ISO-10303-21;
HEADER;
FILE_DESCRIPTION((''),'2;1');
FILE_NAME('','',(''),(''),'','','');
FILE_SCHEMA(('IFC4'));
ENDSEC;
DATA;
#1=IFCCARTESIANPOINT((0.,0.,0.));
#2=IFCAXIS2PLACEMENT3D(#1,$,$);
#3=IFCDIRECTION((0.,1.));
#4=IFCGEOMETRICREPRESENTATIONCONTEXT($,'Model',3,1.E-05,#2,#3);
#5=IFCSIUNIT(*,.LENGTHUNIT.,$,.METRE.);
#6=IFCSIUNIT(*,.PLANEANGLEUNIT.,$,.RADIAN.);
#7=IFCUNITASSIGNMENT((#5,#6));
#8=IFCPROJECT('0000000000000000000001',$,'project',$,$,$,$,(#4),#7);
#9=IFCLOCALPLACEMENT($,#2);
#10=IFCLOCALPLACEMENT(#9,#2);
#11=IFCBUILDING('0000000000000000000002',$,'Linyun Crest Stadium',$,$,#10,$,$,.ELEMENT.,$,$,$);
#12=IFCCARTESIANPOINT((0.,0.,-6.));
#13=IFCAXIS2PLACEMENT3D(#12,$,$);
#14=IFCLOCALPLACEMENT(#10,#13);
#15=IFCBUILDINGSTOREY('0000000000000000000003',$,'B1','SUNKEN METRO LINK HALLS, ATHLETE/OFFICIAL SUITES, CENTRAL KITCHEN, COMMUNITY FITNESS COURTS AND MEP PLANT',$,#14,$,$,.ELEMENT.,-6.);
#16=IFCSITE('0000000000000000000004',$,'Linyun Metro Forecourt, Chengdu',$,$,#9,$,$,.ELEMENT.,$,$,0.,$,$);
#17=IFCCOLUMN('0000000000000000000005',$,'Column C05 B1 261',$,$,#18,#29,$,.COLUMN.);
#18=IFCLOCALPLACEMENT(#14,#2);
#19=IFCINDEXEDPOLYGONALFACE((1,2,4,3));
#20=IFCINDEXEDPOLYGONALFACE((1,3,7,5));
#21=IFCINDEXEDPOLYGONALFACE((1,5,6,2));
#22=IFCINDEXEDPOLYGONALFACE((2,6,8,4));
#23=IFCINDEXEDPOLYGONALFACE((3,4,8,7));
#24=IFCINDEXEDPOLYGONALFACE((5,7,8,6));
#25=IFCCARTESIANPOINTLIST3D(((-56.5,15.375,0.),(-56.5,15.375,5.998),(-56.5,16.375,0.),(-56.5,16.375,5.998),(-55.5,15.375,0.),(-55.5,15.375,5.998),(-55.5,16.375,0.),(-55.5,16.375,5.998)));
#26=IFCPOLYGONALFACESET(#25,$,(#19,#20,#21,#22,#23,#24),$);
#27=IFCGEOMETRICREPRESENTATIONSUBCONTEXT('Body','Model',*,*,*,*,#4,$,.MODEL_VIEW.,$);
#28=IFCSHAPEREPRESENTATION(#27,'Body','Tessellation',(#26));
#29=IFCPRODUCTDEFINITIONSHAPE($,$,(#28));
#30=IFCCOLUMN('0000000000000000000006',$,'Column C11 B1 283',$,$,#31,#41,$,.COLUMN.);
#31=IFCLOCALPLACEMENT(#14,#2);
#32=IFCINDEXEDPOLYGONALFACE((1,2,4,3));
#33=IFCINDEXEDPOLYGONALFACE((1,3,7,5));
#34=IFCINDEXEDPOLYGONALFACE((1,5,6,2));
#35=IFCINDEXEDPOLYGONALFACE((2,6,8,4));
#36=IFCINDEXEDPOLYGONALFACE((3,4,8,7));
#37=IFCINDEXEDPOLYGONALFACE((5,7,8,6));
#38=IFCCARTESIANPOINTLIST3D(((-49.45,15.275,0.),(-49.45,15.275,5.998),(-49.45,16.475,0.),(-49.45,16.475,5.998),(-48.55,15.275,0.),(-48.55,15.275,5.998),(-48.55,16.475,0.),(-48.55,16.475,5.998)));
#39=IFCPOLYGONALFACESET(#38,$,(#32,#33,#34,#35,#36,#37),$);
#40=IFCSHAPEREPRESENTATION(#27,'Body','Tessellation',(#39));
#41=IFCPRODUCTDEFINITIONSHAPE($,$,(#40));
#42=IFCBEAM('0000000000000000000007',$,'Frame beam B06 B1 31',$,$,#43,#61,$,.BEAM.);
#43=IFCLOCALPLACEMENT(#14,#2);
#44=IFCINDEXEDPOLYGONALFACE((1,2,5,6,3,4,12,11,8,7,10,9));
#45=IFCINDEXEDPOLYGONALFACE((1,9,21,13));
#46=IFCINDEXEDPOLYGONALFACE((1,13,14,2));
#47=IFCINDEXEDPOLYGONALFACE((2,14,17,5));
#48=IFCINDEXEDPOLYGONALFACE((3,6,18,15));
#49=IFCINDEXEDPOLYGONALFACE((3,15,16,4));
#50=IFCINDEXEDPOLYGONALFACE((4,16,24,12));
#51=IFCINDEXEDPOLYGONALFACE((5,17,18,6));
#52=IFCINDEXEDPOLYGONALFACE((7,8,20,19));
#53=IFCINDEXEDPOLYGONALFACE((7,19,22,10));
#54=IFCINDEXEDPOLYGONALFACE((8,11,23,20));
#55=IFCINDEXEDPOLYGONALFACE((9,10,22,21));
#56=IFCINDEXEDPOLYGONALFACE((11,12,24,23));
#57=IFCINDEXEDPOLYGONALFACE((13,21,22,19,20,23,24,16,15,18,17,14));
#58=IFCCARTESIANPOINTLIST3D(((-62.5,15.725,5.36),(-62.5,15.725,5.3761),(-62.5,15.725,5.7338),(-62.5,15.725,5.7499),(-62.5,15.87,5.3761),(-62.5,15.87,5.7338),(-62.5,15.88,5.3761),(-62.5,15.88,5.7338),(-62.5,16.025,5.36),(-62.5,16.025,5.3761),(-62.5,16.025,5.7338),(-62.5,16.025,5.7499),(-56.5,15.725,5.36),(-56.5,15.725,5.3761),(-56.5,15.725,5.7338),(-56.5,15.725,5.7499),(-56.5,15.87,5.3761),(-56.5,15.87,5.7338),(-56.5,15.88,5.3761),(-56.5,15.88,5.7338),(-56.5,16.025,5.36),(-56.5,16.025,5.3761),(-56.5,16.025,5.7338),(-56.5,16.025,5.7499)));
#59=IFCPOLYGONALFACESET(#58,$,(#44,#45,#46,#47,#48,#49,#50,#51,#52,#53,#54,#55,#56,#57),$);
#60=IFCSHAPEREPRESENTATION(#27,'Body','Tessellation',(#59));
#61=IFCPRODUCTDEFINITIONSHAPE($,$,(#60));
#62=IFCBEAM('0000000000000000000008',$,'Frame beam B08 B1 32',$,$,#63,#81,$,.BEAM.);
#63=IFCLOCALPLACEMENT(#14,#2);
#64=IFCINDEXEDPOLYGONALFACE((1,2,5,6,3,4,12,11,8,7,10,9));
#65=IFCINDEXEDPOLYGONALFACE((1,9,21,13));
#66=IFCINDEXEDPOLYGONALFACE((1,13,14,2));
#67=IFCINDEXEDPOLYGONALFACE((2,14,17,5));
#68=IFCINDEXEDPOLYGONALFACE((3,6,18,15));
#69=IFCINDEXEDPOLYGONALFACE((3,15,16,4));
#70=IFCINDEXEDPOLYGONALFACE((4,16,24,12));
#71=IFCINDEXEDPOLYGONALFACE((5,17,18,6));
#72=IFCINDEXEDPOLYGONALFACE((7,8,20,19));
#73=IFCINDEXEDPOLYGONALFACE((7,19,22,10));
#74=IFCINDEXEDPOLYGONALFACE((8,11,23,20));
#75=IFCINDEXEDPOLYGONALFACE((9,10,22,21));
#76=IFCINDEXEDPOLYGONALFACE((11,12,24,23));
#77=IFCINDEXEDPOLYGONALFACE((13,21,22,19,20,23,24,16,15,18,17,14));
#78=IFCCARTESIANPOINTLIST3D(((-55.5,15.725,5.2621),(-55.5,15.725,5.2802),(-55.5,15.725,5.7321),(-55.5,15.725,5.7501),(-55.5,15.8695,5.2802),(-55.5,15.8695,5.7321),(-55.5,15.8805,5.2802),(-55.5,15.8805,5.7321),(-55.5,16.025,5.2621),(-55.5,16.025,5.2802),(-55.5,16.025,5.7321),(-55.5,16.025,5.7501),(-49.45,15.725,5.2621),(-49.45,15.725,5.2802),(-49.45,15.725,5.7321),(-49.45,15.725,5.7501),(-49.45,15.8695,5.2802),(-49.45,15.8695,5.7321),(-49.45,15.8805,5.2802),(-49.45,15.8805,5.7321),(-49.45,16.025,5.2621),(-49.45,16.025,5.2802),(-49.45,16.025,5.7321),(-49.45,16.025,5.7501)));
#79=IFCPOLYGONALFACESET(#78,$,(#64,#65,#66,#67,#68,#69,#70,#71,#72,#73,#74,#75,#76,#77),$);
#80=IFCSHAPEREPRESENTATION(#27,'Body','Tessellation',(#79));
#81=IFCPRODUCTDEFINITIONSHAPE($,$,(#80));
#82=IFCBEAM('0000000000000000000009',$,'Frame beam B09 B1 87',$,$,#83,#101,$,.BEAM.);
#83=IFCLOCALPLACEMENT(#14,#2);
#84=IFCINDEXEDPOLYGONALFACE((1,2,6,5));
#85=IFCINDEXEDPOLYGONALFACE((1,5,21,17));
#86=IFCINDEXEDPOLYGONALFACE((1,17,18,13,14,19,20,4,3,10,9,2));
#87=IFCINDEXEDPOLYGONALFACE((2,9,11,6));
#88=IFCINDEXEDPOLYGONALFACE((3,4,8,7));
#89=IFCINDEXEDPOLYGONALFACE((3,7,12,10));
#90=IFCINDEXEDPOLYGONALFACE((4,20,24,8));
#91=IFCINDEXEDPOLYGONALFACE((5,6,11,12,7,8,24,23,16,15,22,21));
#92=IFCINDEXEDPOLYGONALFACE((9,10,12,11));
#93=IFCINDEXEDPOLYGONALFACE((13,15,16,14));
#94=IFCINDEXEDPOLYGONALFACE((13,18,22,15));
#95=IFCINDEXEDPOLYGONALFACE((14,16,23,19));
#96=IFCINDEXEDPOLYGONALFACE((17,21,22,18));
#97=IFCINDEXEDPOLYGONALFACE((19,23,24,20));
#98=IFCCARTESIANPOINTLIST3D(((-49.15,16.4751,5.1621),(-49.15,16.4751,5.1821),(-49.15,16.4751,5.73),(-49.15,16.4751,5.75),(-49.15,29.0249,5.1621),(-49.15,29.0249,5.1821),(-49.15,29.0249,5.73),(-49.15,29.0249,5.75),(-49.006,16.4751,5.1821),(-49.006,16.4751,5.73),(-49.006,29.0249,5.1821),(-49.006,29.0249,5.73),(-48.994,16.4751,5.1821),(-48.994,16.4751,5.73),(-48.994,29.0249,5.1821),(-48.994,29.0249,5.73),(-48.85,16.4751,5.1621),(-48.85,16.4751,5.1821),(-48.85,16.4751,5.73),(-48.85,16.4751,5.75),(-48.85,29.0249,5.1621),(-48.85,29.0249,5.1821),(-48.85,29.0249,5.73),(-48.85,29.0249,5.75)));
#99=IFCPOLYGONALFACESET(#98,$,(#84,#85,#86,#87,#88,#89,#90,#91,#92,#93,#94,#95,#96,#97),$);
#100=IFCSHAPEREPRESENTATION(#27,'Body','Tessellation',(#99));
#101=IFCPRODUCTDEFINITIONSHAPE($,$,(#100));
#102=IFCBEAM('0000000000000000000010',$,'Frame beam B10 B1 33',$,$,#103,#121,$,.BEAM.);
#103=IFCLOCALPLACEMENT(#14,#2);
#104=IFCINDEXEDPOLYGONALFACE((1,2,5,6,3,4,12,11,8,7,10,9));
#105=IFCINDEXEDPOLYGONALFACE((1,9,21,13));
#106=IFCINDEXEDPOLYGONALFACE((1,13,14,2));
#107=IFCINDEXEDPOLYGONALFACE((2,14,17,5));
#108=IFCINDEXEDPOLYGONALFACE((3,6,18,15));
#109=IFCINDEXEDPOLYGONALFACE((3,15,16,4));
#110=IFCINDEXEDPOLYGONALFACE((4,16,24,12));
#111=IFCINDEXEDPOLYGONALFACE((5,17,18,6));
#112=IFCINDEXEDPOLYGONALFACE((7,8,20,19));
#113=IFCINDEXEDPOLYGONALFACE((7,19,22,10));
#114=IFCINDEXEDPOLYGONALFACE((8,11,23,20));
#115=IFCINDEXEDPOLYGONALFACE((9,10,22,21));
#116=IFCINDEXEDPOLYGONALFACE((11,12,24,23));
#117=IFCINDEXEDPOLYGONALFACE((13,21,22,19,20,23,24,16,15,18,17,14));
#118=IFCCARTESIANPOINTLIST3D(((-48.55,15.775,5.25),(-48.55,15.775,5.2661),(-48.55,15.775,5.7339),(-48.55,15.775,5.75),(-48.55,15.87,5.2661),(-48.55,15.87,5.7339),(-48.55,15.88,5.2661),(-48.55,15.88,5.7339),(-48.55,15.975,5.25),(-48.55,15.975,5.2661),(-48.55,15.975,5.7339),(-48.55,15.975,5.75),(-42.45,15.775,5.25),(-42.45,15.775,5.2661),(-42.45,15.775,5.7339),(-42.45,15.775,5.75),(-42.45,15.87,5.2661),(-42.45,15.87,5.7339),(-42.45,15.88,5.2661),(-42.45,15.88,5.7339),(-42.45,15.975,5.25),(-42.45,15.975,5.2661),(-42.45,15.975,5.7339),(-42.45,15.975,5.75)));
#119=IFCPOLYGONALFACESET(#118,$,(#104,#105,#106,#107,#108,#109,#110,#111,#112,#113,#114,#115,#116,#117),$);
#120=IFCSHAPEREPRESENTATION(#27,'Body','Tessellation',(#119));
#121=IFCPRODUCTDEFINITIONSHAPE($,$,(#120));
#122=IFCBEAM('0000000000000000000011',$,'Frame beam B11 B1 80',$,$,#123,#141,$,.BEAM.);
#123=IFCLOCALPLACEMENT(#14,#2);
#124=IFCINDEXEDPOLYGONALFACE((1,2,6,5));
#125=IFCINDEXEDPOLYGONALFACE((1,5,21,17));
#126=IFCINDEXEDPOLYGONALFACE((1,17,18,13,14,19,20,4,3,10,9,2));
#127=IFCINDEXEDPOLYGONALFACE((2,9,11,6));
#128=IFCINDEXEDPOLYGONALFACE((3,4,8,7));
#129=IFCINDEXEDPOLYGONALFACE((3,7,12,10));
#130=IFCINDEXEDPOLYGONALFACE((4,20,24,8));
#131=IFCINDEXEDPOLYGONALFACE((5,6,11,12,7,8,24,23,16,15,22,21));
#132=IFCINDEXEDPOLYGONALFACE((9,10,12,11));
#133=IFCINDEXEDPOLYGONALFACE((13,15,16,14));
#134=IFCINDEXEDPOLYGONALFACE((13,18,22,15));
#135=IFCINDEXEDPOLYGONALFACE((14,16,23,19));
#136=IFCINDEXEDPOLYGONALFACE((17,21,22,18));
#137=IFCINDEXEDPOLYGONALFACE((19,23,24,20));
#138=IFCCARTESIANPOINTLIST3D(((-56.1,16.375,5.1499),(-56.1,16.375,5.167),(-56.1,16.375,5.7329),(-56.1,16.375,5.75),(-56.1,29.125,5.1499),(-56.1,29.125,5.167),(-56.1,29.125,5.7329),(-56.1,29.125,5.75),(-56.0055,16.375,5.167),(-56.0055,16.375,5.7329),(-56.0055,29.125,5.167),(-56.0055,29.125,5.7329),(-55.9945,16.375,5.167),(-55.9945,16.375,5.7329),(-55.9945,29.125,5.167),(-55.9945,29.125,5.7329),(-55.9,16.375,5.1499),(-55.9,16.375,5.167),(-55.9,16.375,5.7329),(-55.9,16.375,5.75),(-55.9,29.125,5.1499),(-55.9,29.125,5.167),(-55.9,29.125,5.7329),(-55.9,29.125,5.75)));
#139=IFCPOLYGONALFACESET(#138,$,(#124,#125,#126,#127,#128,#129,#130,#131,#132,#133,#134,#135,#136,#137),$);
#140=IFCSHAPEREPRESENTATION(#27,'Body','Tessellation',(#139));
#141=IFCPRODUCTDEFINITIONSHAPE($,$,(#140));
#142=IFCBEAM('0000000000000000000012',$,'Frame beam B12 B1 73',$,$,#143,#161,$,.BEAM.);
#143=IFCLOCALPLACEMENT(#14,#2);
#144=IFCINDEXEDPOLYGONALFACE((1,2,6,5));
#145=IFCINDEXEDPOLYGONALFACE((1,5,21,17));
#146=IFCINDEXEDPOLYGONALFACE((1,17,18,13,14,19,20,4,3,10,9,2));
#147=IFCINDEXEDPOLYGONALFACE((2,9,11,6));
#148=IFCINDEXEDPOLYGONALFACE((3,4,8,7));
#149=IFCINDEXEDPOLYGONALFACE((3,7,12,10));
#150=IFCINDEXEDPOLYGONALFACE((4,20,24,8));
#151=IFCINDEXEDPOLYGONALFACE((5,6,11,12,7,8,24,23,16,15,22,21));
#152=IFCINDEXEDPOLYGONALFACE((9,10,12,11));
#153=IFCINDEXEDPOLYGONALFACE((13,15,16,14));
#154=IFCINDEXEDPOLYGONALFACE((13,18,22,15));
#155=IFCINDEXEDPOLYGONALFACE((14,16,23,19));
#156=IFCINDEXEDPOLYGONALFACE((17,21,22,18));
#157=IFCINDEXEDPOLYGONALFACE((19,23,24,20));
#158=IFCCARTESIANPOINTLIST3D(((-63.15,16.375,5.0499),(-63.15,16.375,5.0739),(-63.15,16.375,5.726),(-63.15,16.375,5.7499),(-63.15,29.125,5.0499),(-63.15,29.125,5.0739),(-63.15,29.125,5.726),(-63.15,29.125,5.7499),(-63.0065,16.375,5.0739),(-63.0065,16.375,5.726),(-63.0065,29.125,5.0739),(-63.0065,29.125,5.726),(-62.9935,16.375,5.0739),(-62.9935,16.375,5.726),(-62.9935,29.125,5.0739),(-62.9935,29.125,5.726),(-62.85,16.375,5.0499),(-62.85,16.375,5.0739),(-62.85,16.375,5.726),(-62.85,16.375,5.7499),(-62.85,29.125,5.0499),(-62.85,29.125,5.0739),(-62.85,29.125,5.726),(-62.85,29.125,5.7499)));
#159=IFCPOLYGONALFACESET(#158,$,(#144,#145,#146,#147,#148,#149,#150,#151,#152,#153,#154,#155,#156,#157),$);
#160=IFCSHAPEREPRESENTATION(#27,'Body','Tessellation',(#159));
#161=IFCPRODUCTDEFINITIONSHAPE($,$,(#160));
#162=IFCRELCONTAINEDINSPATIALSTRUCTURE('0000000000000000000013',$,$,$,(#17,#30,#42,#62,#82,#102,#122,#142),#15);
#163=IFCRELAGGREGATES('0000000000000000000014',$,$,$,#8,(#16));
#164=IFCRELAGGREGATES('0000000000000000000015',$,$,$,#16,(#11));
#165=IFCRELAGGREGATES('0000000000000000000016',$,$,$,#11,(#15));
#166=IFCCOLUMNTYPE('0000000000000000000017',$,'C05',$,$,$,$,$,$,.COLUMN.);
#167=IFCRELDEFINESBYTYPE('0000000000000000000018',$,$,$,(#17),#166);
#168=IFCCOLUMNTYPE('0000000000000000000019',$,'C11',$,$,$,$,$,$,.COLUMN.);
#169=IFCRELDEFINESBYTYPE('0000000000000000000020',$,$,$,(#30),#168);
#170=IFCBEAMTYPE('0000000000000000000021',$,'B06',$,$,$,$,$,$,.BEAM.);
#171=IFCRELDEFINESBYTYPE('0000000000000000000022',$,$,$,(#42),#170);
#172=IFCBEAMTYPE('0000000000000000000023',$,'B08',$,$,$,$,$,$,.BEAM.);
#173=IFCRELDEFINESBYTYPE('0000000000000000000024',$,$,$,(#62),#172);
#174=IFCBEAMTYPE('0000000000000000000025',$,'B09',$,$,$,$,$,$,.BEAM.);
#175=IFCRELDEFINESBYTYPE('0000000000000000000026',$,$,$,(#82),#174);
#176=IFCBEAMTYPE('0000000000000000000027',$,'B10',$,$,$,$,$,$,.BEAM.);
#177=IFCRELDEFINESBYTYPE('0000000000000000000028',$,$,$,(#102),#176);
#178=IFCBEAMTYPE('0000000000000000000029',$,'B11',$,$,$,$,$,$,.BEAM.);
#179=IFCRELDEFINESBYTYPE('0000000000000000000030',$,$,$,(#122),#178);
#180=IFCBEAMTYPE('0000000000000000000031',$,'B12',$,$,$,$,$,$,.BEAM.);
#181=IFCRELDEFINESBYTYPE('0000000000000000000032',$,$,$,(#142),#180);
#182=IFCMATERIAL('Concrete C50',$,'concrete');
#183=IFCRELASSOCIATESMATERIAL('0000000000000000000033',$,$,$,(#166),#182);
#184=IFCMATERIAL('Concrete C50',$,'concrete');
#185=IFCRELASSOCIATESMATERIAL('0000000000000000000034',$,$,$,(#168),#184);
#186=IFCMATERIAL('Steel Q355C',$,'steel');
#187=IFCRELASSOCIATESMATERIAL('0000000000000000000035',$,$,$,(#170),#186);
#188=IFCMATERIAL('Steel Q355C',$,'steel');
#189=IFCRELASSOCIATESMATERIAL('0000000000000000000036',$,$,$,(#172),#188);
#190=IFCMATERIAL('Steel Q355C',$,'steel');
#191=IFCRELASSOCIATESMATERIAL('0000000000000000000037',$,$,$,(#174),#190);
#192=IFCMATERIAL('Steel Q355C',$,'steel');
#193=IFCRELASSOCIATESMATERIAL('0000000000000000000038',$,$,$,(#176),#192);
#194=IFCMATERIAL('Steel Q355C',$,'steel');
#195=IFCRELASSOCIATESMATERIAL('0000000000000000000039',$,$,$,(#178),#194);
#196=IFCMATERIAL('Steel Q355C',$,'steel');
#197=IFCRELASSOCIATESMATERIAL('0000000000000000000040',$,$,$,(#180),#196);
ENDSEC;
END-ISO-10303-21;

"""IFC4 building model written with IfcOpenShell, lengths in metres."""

from ifc_helpers import new_model, si_unit, direction, frame, origin, origin_2d, place, context, subcontext, project, spatial, rectangle, i_section, extrude, material, material_profile, profile_set, type_object, element, save


model = new_model("IFC4")

# Units and contexts
model_context = context("Model", 3, precision=1e-05, world=origin(), true_north=direction((0.0, 1.0)))
body_context = subcontext(model_context, "Body", "Model", "MODEL_VIEW")
ifc_project = project(units=[si_unit("LENGTHUNIT", "METRE"), si_unit("PLANEANGLEUNIT", "RADIAN")], contexts=[model_context])

# Site, building, storey
site_placement = place(None, origin())
site = spatial("IfcSite", under=ifc_project, at=site_placement, Name="Linyun Metro Forecourt, Chengdu", CompositionType="ELEMENT", RefElevation=0.0)
building_placement = place(site_placement, origin())
building = spatial("IfcBuilding", under=site, at=building_placement, Name="Linyun Crest Stadium", CompositionType="ELEMENT")
storey_placement = place(building_placement, frame((0.0, 0.0, -6.0)))
storey = spatial("IfcBuildingStorey", under=building, at=storey_placement, Name="B1", Description="SUNKEN METRO LINK HALLS, ATHLETE/OFFICIAL SUITES, CENTRAL KITCHEN, COMMUNITY FITNESS COURTS AND MEP PLANT", CompositionType="ELEMENT", Elevation=-6.0)

# Columns
ifc_material_1 = material(Name="Concrete C50", Category="concrete")
ifc_material_profile_1 = material_profile(ifc_material_1, rectangle(XDim=1.0, YDim=1.0, at=origin_2d()), Name="RC 1000x1000")
ifc_profile_set_1 = profile_set([ifc_material_profile_1], Name="Concrete C50")
column_type_1 = type_object("IfcColumnType", Name="C05", PredefinedType="COLUMN", material=ifc_profile_set_1)
for number, where, z_axis, x_axis, name in (
    (1, (-56.0, 15.875, 0.0), (0.0, 0.0, 1.0), (1.0, 0.0, 0.0), "Column C05 B1 261"),
):
    element("IfcColumn", number, at=place(storey_placement, frame(where, z_axis=z_axis, x_axis=x_axis)), inside=storey, type_object=column_type_1, Name=name, PredefinedType="COLUMN", context=body_context, shape_type="SweptSolid", body=[
        extrude(rectangle(XDim=1.0, YDim=1.0, at=origin_2d()), origin(), (0.0, 0.0, 1.0), 5.998),
    ])
ifc_material_2 = material(Name="Concrete C50", Category="concrete")
ifc_material_profile_2 = material_profile(ifc_material_2, rectangle(XDim=0.8999, YDim=1.2, at=origin_2d()), Name="RC 1200x900")
ifc_profile_set_2 = profile_set([ifc_material_profile_2], Name="Concrete C50")
column_type_2 = type_object("IfcColumnType", Name="C11", PredefinedType="COLUMN", material=ifc_profile_set_2)
column_placement = place(storey_placement, frame((-49.0, 15.875, 0.0), z_axis=(0.0, 0.0, 1.0), x_axis=(1.0, 0.0, 0.0)))
element("IfcColumn", 2, at=column_placement, inside=storey, type_object=column_type_2, Name="Column C11 B1 283", PredefinedType="COLUMN", context=body_context, shape_type="SweptSolid", body=[
    extrude(rectangle(XDim=0.8999, YDim=1.2, at=origin_2d()), origin(), (0.0, 0.0, 1.0), 5.998),
])

# Beams
ifc_material_3 = material(Name="Steel Q355C", Category="steel")
ifc_material_profile_3 = material_profile(ifc_material_3, i_section(OverallWidth=0.3, OverallDepth=0.3899, WebThickness=0.01, FlangeThickness=0.0161, at=origin_2d()), Name="HM 390x300")
ifc_profile_set_3 = profile_set([ifc_material_profile_3], Name="Steel Q355C")
beam_type_1 = type_object("IfcBeamType", Name="B06", PredefinedType="BEAM", material=ifc_profile_set_3)
beam_1_placement = place(storey_placement, frame((-62.5, 15.875, 5.5549), z_axis=(1.0, 0.0, 0.0), x_axis=(0.0, 1.0, 0.0)))
element("IfcBeam", 3, at=beam_1_placement, inside=storey, type_object=beam_type_1, Name="Frame beam B06 B1 31", PredefinedType="BEAM", context=body_context, shape_type="SweptSolid", body=[
    extrude(i_section(OverallWidth=0.3, OverallDepth=0.3899, WebThickness=0.01, FlangeThickness=0.0161, at=origin_2d()), origin(), (0.0, 0.0, 1.0), 6.0),
])
ifc_material_4 = material(Name="Steel Q355C", Category="steel")
ifc_material_profile_4 = material_profile(ifc_material_4, i_section(OverallWidth=0.3, OverallDepth=0.488, WebThickness=0.011, FlangeThickness=0.0181, at=origin_2d()), Name="HM 488x300")
ifc_profile_set_4 = profile_set([ifc_material_profile_4], Name="Steel Q355C")
beam_type_2 = type_object("IfcBeamType", Name="B08", PredefinedType="BEAM", material=ifc_profile_set_4)
beam_2_placement = place(storey_placement, frame((-55.5, 15.875, 5.5061), z_axis=(1.0, 0.0, 0.0), x_axis=(0.0, 1.0, 0.0)))
element("IfcBeam", 4, at=beam_2_placement, inside=storey, type_object=beam_type_2, Name="Frame beam B08 B1 32", PredefinedType="BEAM", context=body_context, shape_type="SweptSolid", body=[
    extrude(i_section(OverallWidth=0.3, OverallDepth=0.488, WebThickness=0.011, FlangeThickness=0.0181, at=origin_2d()), origin(), (0.0, 0.0, 1.0), 6.05),
])
ifc_material_5 = material(Name="Steel Q355C", Category="steel")
ifc_material_profile_5 = material_profile(ifc_material_5, i_section(OverallWidth=0.3, OverallDepth=0.5879, WebThickness=0.012, FlangeThickness=0.02, at=origin_2d()), Name="HM 588x300")
ifc_profile_set_5 = profile_set([ifc_material_profile_5], Name="Steel Q355C")
beam_type_3 = type_object("IfcBeamType", Name="B09", PredefinedType="BEAM", material=ifc_profile_set_5)
beam_3_placement = place(storey_placement, frame((-49.0, 16.4751, 5.4561), z_axis=(0.0, 1.0, 0.0), x_axis=(-1.0, 0.0, 0.0)))
element("IfcBeam", 5, at=beam_3_placement, inside=storey, type_object=beam_type_3, Name="Frame beam B09 B1 87", PredefinedType="BEAM", context=body_context, shape_type="SweptSolid", body=[
    extrude(i_section(OverallWidth=0.3, OverallDepth=0.5879, WebThickness=0.012, FlangeThickness=0.02, at=origin_2d()), origin(), (0.0, 0.0, 1.0), 12.5498),
])
ifc_material_6 = material(Name="Steel Q355C", Category="steel")
ifc_material_profile_6 = material_profile(ifc_material_6, i_section(OverallWidth=0.2, OverallDepth=0.5, WebThickness=0.01, FlangeThickness=0.0161, at=origin_2d()), Name="HN 500x200")
ifc_profile_set_6 = profile_set([ifc_material_profile_6], Name="Steel Q355C")
beam_type_4 = type_object("IfcBeamType", Name="B10", PredefinedType="BEAM", material=ifc_profile_set_6)
beam_4_placement = place(storey_placement, frame((-48.55, 15.875, 5.5), z_axis=(1.0, 0.0, 0.0), x_axis=(0.0, 1.0, 0.0)))
element("IfcBeam", 6, at=beam_4_placement, inside=storey, type_object=beam_type_4, Name="Frame beam B10 B1 33", PredefinedType="BEAM", context=body_context, shape_type="SweptSolid", body=[
    extrude(i_section(OverallWidth=0.2, OverallDepth=0.5, WebThickness=0.01, FlangeThickness=0.0161, at=origin_2d()), origin(), (0.0, 0.0, 1.0), 6.1001),
])
ifc_material_7 = material(Name="Steel Q355C", Category="steel")
ifc_material_profile_7 = material_profile(ifc_material_7, i_section(OverallWidth=0.2, OverallDepth=0.6001, WebThickness=0.011, FlangeThickness=0.0171, at=origin_2d()), Name="HN 600x200")
ifc_profile_set_7 = profile_set([ifc_material_profile_7], Name="Steel Q355C")
beam_type_5 = type_object("IfcBeamType", Name="B11", PredefinedType="BEAM", material=ifc_profile_set_7)
beam_5_placement = place(storey_placement, frame((-56.0, 16.375, 5.45), z_axis=(0.0, 1.0, 0.0), x_axis=(-1.0, 0.0, 0.0)))
element("IfcBeam", 7, at=beam_5_placement, inside=storey, type_object=beam_type_5, Name="Frame beam B11 B1 80", PredefinedType="BEAM", context=body_context, shape_type="SweptSolid", body=[
    extrude(i_section(OverallWidth=0.2, OverallDepth=0.6001, WebThickness=0.011, FlangeThickness=0.0171, at=origin_2d()), origin(), (0.0, 0.0, 1.0), 12.75),
])
ifc_material_8 = material(Name="Steel Q355C", Category="steel")
ifc_material_profile_8 = material_profile(ifc_material_8, i_section(OverallWidth=0.3, OverallDepth=0.7, WebThickness=0.0129, FlangeThickness=0.0239, at=origin_2d()), Name="HN 700x300")
ifc_profile_set_8 = profile_set([ifc_material_profile_8], Name="Steel Q355C")
beam_type_6 = type_object("IfcBeamType", Name="B12", PredefinedType="BEAM", material=ifc_profile_set_8)
beam_6_placement = place(storey_placement, frame((-63.0, 16.375, 5.3999), z_axis=(0.0, 1.0, 0.0), x_axis=(-1.0, 0.0, 0.0)))
element("IfcBeam", 8, at=beam_6_placement, inside=storey, type_object=beam_type_6, Name="Frame beam B12 B1 73", PredefinedType="BEAM", context=body_context, shape_type="SweptSolid", body=[
    extrude(i_section(OverallWidth=0.3, OverallDepth=0.7, WebThickness=0.0129, FlangeThickness=0.0239, at=origin_2d()), origin(), (0.0, 0.0, 1.0), 12.75),
])

save(model, "model.ifc")
